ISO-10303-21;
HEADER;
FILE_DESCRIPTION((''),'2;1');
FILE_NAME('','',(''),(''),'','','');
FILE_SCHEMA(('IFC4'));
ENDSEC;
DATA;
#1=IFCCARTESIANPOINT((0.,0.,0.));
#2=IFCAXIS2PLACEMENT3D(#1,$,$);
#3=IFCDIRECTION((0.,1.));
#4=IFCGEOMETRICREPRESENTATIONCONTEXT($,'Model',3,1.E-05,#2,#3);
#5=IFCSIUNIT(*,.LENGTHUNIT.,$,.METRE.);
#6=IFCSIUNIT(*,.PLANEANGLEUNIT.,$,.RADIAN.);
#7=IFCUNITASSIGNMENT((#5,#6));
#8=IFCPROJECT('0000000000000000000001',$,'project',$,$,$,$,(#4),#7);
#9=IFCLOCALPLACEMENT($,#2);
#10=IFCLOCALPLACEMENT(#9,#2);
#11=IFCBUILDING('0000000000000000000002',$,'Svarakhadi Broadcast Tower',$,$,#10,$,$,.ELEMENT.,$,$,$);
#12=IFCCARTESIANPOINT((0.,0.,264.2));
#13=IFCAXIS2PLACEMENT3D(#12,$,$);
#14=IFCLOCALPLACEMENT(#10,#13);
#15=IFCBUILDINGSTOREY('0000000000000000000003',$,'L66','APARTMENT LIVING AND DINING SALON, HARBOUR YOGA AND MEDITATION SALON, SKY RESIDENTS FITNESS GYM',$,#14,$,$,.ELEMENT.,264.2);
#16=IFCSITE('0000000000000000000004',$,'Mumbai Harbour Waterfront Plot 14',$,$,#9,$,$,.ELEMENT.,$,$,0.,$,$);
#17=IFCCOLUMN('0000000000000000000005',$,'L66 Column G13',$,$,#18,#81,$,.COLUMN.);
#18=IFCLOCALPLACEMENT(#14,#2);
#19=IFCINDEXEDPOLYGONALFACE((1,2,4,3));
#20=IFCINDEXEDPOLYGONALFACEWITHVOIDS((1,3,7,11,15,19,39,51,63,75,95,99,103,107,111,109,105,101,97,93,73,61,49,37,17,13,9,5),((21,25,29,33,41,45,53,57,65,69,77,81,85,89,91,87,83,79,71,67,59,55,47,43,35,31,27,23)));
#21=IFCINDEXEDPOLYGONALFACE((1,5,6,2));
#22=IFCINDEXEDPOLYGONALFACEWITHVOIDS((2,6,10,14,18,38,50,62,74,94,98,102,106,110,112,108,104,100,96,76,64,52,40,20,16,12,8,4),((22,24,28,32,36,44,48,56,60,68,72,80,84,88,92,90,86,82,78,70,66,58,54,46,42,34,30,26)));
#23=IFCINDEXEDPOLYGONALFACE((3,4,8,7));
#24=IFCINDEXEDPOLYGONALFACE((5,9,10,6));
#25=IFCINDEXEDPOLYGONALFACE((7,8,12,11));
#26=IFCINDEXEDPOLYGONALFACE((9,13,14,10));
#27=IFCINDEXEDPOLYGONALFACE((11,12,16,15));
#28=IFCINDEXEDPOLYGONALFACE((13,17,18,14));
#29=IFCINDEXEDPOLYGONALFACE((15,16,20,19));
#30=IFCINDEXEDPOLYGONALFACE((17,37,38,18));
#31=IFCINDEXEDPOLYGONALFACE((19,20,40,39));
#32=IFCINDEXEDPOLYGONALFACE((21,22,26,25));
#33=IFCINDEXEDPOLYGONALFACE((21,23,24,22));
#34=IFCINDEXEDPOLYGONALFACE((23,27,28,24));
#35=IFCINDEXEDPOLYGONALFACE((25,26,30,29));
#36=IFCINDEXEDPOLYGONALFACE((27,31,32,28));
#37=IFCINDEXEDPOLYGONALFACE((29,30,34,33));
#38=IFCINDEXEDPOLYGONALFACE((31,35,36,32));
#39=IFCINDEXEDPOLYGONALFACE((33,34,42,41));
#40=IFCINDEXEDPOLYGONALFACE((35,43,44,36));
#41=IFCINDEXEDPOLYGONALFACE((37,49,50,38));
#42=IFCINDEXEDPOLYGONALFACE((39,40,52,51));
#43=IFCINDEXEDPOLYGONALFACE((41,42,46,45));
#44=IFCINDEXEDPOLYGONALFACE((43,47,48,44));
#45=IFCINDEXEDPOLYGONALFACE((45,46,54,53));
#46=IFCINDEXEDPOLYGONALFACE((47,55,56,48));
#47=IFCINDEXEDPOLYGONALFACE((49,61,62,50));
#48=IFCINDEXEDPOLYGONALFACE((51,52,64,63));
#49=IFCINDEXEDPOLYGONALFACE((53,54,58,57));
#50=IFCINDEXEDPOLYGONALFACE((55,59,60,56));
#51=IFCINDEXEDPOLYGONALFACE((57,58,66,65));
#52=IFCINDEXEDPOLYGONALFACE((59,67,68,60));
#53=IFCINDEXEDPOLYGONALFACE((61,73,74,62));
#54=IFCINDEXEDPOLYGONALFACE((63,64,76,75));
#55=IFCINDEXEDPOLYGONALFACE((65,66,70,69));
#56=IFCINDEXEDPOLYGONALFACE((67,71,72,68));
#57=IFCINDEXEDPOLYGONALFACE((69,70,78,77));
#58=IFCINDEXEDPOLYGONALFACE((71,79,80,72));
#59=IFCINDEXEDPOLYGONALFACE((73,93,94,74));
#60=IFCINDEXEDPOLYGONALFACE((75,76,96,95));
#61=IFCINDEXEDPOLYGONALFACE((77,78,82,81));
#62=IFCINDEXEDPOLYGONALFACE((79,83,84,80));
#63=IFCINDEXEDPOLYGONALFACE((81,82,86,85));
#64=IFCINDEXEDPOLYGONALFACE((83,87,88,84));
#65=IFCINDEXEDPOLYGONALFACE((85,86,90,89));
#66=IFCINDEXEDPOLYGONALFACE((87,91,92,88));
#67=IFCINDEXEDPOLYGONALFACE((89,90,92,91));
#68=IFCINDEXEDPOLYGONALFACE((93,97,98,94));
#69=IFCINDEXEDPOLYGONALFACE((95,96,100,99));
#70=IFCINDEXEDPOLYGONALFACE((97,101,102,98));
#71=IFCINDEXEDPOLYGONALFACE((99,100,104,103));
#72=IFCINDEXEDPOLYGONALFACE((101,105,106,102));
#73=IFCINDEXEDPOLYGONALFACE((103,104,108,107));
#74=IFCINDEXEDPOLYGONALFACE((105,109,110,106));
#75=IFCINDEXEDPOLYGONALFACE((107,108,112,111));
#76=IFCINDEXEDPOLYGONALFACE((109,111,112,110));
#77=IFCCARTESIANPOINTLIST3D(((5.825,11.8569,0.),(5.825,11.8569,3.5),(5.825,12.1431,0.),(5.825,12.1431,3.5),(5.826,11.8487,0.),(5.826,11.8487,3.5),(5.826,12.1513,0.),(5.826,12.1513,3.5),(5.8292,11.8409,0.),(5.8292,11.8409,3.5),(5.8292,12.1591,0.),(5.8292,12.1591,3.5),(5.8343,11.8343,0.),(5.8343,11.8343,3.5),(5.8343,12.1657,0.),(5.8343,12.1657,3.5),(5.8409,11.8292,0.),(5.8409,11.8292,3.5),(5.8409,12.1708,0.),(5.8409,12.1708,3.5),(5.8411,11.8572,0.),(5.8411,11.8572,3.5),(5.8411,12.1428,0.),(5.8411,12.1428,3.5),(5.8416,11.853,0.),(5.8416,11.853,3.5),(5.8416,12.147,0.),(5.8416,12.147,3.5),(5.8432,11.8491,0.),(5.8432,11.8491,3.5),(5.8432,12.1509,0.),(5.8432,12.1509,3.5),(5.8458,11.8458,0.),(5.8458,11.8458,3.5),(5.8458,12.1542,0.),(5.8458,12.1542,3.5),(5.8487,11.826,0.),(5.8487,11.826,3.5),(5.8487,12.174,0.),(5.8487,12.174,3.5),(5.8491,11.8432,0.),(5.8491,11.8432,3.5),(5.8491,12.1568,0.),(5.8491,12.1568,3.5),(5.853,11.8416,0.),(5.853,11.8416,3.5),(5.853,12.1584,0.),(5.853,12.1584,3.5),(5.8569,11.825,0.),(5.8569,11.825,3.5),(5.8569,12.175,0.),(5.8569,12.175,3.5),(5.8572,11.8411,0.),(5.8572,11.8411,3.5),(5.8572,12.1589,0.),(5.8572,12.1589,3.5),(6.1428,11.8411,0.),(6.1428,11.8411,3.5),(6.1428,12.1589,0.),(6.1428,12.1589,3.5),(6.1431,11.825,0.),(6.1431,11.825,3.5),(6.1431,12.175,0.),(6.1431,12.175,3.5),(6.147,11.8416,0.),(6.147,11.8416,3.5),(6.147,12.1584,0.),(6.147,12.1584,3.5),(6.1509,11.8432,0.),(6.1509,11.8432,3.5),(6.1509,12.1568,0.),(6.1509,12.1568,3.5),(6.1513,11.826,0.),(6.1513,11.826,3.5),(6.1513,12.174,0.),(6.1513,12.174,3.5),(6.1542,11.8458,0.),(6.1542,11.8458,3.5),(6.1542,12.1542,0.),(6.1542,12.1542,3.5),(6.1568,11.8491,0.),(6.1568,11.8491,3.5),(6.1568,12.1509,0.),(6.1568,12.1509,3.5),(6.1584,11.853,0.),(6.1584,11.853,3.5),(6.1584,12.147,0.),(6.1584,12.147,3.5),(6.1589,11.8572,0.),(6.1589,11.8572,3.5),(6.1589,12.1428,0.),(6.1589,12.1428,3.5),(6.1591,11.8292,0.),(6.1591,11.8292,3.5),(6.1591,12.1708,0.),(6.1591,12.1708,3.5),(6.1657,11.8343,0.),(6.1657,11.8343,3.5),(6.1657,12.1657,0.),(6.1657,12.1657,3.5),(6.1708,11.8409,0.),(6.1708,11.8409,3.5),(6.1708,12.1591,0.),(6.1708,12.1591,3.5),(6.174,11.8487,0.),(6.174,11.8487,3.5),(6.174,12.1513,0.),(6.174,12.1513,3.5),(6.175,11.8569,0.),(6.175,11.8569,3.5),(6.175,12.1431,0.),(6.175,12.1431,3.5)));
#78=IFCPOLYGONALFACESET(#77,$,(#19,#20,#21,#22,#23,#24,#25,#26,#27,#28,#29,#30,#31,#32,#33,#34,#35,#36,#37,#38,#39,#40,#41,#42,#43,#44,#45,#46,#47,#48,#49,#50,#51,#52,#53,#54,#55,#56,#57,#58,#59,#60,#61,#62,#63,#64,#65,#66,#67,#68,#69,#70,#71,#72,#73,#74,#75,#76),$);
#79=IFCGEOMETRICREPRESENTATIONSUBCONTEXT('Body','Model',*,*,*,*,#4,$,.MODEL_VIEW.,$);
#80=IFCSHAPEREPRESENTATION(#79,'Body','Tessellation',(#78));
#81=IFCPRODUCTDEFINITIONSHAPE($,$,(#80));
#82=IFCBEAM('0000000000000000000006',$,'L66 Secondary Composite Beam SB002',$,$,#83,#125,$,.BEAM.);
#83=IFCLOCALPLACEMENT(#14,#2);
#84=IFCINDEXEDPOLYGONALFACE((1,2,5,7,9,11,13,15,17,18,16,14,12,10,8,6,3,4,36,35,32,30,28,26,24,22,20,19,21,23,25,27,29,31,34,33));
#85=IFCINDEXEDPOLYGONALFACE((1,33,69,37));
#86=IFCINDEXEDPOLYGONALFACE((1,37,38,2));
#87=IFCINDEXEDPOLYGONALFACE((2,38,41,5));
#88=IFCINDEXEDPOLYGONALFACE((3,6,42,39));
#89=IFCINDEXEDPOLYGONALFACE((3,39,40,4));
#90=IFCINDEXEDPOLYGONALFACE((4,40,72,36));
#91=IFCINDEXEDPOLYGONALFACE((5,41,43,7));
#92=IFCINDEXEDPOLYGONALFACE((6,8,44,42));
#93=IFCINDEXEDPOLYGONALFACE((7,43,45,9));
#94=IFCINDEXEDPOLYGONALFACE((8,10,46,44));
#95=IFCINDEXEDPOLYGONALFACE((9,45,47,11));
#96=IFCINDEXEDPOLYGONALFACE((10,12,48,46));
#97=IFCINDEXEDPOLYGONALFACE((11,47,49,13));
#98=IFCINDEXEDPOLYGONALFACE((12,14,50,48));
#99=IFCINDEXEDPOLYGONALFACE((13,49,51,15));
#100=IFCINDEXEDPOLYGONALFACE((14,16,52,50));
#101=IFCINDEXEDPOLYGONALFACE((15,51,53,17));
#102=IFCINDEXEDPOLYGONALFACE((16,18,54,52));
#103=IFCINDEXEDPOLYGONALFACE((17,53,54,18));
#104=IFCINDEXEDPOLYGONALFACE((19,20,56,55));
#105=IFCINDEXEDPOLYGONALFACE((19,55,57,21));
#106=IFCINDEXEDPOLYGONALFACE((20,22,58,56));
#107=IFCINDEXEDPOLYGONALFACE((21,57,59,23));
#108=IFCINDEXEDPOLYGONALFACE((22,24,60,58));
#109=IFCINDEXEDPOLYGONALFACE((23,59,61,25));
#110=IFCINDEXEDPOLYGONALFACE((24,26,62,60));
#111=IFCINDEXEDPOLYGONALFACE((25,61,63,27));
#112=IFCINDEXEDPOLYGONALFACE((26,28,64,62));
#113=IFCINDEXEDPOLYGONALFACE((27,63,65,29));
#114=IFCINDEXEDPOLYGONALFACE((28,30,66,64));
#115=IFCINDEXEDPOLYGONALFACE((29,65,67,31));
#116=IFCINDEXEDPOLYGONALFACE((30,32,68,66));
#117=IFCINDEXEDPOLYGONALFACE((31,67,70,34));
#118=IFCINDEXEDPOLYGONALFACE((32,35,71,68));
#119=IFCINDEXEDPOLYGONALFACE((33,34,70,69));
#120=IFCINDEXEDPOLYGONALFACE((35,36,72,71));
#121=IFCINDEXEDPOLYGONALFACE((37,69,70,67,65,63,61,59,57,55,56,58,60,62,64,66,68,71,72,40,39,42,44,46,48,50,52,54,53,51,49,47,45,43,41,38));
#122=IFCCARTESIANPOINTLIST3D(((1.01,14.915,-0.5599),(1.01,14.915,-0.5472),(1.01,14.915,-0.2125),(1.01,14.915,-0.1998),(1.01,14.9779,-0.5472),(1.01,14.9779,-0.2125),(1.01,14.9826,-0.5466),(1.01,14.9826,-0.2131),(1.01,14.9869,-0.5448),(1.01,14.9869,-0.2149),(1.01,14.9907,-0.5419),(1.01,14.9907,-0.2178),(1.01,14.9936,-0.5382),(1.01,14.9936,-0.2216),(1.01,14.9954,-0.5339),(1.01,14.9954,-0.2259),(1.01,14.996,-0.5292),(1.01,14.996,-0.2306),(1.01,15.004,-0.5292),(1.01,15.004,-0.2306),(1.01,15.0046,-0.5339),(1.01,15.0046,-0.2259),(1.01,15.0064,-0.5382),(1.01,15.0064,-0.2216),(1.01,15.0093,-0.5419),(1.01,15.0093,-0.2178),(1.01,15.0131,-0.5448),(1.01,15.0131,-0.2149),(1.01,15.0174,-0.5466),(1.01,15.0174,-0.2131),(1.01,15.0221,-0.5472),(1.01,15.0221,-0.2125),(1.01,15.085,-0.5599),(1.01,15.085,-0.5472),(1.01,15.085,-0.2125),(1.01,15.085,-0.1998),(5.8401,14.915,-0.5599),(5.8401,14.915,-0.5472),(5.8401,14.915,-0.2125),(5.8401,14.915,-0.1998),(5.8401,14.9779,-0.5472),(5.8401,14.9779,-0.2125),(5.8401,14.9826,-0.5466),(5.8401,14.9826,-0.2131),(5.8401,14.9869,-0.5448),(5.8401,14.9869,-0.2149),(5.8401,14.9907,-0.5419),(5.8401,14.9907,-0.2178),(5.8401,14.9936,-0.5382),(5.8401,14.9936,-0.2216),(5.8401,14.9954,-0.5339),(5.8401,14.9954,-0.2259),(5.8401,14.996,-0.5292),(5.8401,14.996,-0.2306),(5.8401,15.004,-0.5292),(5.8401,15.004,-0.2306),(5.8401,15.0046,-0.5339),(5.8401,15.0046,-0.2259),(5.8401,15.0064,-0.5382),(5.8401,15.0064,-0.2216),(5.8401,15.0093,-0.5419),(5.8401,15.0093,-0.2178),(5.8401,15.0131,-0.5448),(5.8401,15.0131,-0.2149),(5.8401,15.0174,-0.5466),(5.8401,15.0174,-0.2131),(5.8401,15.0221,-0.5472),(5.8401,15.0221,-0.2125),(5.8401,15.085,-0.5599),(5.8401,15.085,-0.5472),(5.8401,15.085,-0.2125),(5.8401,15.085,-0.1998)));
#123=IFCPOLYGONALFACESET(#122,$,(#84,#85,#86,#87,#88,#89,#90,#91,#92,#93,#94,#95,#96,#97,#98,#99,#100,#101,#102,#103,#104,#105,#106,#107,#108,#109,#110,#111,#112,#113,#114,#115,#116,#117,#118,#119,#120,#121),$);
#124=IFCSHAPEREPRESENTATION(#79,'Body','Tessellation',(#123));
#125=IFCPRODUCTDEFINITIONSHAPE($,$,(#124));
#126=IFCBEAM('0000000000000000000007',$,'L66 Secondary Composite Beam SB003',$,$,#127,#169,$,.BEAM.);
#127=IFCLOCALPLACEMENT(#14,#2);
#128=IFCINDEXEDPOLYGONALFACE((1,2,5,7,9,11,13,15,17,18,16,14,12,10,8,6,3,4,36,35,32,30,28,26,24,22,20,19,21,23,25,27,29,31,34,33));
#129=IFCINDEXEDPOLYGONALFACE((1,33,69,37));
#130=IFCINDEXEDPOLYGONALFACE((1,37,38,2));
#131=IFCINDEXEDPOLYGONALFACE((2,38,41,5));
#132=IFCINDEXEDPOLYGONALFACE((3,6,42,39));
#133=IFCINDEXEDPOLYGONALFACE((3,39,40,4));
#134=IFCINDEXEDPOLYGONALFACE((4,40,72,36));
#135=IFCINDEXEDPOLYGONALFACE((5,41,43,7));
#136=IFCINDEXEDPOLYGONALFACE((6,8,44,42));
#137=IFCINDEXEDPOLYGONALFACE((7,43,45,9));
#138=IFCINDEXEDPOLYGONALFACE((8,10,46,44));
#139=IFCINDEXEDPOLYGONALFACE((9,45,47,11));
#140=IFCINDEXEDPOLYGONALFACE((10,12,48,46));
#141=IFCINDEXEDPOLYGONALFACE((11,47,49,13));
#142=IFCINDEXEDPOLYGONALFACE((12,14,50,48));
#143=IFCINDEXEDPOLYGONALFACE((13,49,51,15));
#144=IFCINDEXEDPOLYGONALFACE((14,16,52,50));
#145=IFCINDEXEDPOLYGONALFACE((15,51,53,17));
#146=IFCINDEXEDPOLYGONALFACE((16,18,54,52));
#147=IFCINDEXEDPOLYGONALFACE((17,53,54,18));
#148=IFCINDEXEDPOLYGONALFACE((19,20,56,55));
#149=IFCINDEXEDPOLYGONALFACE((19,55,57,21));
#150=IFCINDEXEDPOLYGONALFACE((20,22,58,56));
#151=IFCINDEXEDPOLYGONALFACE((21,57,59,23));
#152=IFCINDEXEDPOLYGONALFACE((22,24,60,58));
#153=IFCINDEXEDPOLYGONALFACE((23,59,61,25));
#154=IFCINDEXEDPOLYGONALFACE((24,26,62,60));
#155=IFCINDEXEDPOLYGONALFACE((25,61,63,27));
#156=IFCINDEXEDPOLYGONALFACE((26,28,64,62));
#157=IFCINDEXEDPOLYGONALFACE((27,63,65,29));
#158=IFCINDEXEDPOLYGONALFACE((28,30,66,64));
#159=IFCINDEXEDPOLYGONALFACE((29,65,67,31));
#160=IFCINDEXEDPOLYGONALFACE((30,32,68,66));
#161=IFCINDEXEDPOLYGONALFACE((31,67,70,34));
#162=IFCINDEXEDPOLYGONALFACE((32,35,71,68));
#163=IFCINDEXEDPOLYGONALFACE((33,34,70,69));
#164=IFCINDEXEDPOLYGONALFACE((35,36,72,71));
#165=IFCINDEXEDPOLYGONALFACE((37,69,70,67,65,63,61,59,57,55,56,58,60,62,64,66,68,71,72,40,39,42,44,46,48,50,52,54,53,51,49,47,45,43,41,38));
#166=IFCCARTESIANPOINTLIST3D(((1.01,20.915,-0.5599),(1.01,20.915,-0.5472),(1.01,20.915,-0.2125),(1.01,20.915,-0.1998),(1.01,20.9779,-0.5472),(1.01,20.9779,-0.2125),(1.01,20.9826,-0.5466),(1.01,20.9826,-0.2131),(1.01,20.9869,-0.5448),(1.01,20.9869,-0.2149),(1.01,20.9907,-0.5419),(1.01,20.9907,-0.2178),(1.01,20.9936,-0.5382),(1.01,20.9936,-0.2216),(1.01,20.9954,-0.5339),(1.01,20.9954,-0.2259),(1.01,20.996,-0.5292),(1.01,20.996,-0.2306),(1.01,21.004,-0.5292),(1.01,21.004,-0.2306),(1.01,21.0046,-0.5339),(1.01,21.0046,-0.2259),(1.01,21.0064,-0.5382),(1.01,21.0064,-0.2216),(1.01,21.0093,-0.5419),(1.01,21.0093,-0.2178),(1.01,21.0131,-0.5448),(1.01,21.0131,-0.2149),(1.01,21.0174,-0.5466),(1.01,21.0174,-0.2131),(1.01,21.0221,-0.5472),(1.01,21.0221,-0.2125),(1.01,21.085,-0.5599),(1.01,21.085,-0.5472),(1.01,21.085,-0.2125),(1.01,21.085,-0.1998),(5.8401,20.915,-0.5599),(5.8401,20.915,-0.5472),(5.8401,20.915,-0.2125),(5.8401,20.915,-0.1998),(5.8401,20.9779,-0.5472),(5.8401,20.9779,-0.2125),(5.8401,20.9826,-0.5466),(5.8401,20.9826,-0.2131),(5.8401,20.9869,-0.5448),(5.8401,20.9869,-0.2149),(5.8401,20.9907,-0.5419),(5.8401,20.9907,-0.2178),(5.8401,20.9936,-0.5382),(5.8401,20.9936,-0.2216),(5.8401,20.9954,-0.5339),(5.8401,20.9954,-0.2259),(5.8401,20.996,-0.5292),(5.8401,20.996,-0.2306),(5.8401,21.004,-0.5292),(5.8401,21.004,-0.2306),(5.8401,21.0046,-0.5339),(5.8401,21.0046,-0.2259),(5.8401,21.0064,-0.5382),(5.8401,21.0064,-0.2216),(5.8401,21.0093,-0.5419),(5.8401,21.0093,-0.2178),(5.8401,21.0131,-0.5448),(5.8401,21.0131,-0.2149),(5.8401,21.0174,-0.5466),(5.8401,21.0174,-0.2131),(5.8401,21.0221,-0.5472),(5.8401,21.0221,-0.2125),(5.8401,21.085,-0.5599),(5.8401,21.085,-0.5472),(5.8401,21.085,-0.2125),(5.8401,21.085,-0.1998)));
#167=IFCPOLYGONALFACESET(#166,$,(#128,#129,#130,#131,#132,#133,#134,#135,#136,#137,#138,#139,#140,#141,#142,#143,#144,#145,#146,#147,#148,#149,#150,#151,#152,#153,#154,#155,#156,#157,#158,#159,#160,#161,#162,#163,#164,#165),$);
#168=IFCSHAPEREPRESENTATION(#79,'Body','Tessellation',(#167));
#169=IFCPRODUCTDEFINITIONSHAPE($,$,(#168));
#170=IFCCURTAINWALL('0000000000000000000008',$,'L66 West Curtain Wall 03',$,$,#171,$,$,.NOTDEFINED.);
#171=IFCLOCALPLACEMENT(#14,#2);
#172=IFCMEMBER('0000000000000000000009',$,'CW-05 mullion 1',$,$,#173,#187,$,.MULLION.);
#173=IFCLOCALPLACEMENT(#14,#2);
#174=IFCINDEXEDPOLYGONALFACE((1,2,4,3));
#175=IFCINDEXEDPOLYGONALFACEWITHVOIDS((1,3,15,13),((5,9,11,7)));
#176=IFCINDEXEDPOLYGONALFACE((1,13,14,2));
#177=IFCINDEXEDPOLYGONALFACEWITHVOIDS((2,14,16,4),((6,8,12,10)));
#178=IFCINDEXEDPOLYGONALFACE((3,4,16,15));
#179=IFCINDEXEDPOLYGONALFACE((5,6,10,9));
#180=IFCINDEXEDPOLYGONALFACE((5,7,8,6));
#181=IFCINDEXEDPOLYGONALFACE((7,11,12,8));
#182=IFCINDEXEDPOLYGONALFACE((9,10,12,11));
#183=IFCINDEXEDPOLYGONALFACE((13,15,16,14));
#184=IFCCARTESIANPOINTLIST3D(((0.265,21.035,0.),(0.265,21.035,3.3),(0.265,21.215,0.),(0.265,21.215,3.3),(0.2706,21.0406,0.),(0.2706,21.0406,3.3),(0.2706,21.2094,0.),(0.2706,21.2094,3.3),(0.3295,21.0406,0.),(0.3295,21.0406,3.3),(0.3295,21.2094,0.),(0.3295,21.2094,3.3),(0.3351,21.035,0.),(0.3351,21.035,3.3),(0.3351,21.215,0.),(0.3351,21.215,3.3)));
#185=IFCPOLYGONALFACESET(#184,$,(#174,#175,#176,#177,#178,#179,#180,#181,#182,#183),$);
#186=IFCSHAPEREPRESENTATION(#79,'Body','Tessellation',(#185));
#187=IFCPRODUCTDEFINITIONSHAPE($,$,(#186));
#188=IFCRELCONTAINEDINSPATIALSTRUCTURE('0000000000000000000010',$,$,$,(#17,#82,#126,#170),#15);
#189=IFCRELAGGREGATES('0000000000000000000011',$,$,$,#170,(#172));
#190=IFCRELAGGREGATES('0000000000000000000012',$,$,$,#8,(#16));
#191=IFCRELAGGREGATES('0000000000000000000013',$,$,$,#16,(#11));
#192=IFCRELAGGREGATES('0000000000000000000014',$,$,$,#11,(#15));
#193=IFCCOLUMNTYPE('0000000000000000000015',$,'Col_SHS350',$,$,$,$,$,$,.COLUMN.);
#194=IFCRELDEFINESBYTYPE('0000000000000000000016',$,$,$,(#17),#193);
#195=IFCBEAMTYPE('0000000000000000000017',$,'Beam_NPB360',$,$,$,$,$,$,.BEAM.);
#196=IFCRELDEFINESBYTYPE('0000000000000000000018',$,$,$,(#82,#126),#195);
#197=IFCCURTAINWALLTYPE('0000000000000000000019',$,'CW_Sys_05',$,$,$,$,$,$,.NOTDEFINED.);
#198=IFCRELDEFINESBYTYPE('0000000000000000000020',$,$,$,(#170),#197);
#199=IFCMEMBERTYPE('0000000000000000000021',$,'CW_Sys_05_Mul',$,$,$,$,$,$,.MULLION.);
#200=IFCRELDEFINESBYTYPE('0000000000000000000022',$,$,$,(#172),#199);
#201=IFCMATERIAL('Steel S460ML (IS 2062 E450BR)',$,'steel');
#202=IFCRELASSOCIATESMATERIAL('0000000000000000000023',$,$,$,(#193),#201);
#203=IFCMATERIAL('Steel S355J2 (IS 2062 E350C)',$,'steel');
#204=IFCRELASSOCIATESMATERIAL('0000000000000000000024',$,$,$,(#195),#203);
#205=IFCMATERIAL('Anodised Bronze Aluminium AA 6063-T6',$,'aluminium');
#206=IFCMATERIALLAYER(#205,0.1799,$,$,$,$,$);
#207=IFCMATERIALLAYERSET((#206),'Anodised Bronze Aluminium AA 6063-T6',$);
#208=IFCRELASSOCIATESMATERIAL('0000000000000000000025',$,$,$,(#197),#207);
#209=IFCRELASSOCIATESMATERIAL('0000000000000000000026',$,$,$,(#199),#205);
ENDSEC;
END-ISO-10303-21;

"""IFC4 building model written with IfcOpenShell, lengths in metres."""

from ifc_helpers import new_model, si_unit, direction, frame, origin, origin_2d, place, context, subcontext, project, spatial, hollow_rectangle, i_section, extrude, material, layer, layer_set, material_profile, profile_set, type_object, element, aggregate, save


model = new_model("IFC4")

# Units and contexts
model_context = context("Model", 3, precision=1e-05, world=origin(), true_north=direction((0.0, 1.0)))
body_context = subcontext(model_context, "Body", "Model", "MODEL_VIEW")
ifc_project = project(units=[si_unit("LENGTHUNIT", "METRE"), si_unit("PLANEANGLEUNIT", "RADIAN")], contexts=[model_context])

# Site, building, storey
site_placement = place(None, origin())
site = spatial("IfcSite", under=ifc_project, at=site_placement, Name="Mumbai Harbour Waterfront Plot 14", CompositionType="ELEMENT", RefElevation=0.0)
building_placement = place(site_placement, origin())
building = spatial("IfcBuilding", under=site, at=building_placement, Name="Svarakhadi Broadcast Tower", CompositionType="ELEMENT")
storey_placement = place(building_placement, frame((0.0, 0.0, 264.2)))
storey = spatial("IfcBuildingStorey", under=building, at=storey_placement, Name="L66", Description="APARTMENT LIVING AND DINING SALON, HARBOUR YOGA AND MEDITATION SALON, SKY RESIDENTS FITNESS GYM", CompositionType="ELEMENT", Elevation=264.2)

# Column
ifc_material_1 = material(Name="Steel S460ML (IS 2062 E450BR)", Category="steel")
ifc_material_profile_1 = material_profile(ifc_material_1, hollow_rectangle(XDim=0.3501, YDim=0.3501, WallThickness=0.0161, InnerFilletRadius=0.0161, OuterFilletRadius=0.032, at=origin_2d()), Name="SHS 350x350x16")
ifc_profile_set_1 = profile_set([ifc_material_profile_1], Name="Steel S460ML (IS 2062 E450BR)")
column_type_1 = type_object("IfcColumnType", Name="Col_SHS350", PredefinedType="COLUMN", material=ifc_profile_set_1)
for number, where, z_axis, x_axis, name in (
    (1, (6.0, 12.0, 0.0), (0.0, 0.0, 1.0), (1.0, 0.0, 0.0), "L66 Column G13"),
):
    element("IfcColumn", number, at=place(storey_placement, frame(where, z_axis=z_axis, x_axis=x_axis)), inside=storey, type_object=column_type_1, Name=name, PredefinedType="COLUMN", context=body_context, shape_type="SweptSolid", body=[
        extrude(hollow_rectangle(XDim=0.3501, YDim=0.3501, WallThickness=0.0161, InnerFilletRadius=0.0161, OuterFilletRadius=0.032, at=origin_2d()), origin(), (0.0, 0.0, 1.0), 3.5),
    ])

# Beams
ifc_material_2 = material(Name="Steel S355J2 (IS 2062 E350C)", Category="steel")
ifc_material_profile_2 = material_profile(ifc_material_2, i_section(OverallWidth=0.1699, OverallDepth=0.3601, WebThickness=0.0081, FlangeThickness=0.0127, FilletRadius=0.0181, at=origin_2d()), Name="NPB 360x170x57")
ifc_profile_set_2 = profile_set([ifc_material_profile_2], Name="Steel S355J2 (IS 2062 E350C)")
beam_type_1 = type_object("IfcBeamType", Name="Beam_NPB360", PredefinedType="BEAM", material=ifc_profile_set_2)
for number, where, z_axis, x_axis, name in (
    (2, (1.01, 15.0, -0.3799), (1.0, 0.0, 0.0), (0.0, 1.0, 0.0), "L66 Secondary Composite Beam SB002"),
    (3, (1.01, 21.0, -0.3799), (1.0, 0.0, 0.0), (0.0, 1.0, 0.0), "L66 Secondary Composite Beam SB003"),
):
    element("IfcBeam", number, at=place(storey_placement, frame(where, z_axis=z_axis, x_axis=x_axis)), inside=storey, type_object=beam_type_1, Name=name, PredefinedType="BEAM", context=body_context, shape_type="SweptSolid", body=[
        extrude(i_section(OverallWidth=0.1699, OverallDepth=0.3601, WebThickness=0.0081, FlangeThickness=0.0127, FilletRadius=0.0181, at=origin_2d()), origin(), (0.0, 0.0, 1.0), 4.8301),
    ])

# Curtain wall, member
ifc_material_3 = material(Name="Anodised Bronze Aluminium AA 6063-T6", Category="aluminium")
ifc_layer_1 = layer(ifc_material_3, 0.1799)
ifc_layer_set_1 = layer_set([ifc_layer_1], Name="Anodised Bronze Aluminium AA 6063-T6")
curtain_wall_type = type_object("IfcCurtainWallType", Name="CW_Sys_05", PredefinedType="NOTDEFINED", material=ifc_layer_set_1)
curtain_wall_placement = place(storey_placement, origin())
curtain_wall = element("IfcCurtainWall", 4, at=curtain_wall_placement, inside=storey, type_object=curtain_wall_type, Name="L66 West Curtain Wall 03", PredefinedType="NOTDEFINED")
ifc_material_profile_3 = material_profile(ifc_material_3, hollow_rectangle(XDim=0.0701, YDim=0.1799, WallThickness=0.0056, at=origin_2d()), Name="ALU MULLION 180x70x6")
ifc_profile_set_3 = profile_set([ifc_material_profile_3], Name="Anodised Bronze Aluminium AA 6063-T6")
member_type_1 = type_object("IfcMemberType", Name="CW_Sys_05_Mul", PredefinedType="MULLION", material=ifc_profile_set_3)
member_1_placement = place(storey_placement, frame((0.3, 21.125, 0.0), z_axis=(0.0, 0.0, 1.0), x_axis=(-1.0, 0.0, 0.0)))
member_1 = element("IfcMember", 5, at=member_1_placement, type_object=member_type_1, Name="CW-05 mullion 1", PredefinedType="MULLION", context=body_context, shape_type="SweptSolid", body=[
    extrude(hollow_rectangle(XDim=0.0701, YDim=0.1799, WallThickness=0.0056, at=origin_2d()), origin(), (0.0, 0.0, 1.0), 3.3),
])

aggregate(curtain_wall, [member_1])

save(model, "model.ifc")
